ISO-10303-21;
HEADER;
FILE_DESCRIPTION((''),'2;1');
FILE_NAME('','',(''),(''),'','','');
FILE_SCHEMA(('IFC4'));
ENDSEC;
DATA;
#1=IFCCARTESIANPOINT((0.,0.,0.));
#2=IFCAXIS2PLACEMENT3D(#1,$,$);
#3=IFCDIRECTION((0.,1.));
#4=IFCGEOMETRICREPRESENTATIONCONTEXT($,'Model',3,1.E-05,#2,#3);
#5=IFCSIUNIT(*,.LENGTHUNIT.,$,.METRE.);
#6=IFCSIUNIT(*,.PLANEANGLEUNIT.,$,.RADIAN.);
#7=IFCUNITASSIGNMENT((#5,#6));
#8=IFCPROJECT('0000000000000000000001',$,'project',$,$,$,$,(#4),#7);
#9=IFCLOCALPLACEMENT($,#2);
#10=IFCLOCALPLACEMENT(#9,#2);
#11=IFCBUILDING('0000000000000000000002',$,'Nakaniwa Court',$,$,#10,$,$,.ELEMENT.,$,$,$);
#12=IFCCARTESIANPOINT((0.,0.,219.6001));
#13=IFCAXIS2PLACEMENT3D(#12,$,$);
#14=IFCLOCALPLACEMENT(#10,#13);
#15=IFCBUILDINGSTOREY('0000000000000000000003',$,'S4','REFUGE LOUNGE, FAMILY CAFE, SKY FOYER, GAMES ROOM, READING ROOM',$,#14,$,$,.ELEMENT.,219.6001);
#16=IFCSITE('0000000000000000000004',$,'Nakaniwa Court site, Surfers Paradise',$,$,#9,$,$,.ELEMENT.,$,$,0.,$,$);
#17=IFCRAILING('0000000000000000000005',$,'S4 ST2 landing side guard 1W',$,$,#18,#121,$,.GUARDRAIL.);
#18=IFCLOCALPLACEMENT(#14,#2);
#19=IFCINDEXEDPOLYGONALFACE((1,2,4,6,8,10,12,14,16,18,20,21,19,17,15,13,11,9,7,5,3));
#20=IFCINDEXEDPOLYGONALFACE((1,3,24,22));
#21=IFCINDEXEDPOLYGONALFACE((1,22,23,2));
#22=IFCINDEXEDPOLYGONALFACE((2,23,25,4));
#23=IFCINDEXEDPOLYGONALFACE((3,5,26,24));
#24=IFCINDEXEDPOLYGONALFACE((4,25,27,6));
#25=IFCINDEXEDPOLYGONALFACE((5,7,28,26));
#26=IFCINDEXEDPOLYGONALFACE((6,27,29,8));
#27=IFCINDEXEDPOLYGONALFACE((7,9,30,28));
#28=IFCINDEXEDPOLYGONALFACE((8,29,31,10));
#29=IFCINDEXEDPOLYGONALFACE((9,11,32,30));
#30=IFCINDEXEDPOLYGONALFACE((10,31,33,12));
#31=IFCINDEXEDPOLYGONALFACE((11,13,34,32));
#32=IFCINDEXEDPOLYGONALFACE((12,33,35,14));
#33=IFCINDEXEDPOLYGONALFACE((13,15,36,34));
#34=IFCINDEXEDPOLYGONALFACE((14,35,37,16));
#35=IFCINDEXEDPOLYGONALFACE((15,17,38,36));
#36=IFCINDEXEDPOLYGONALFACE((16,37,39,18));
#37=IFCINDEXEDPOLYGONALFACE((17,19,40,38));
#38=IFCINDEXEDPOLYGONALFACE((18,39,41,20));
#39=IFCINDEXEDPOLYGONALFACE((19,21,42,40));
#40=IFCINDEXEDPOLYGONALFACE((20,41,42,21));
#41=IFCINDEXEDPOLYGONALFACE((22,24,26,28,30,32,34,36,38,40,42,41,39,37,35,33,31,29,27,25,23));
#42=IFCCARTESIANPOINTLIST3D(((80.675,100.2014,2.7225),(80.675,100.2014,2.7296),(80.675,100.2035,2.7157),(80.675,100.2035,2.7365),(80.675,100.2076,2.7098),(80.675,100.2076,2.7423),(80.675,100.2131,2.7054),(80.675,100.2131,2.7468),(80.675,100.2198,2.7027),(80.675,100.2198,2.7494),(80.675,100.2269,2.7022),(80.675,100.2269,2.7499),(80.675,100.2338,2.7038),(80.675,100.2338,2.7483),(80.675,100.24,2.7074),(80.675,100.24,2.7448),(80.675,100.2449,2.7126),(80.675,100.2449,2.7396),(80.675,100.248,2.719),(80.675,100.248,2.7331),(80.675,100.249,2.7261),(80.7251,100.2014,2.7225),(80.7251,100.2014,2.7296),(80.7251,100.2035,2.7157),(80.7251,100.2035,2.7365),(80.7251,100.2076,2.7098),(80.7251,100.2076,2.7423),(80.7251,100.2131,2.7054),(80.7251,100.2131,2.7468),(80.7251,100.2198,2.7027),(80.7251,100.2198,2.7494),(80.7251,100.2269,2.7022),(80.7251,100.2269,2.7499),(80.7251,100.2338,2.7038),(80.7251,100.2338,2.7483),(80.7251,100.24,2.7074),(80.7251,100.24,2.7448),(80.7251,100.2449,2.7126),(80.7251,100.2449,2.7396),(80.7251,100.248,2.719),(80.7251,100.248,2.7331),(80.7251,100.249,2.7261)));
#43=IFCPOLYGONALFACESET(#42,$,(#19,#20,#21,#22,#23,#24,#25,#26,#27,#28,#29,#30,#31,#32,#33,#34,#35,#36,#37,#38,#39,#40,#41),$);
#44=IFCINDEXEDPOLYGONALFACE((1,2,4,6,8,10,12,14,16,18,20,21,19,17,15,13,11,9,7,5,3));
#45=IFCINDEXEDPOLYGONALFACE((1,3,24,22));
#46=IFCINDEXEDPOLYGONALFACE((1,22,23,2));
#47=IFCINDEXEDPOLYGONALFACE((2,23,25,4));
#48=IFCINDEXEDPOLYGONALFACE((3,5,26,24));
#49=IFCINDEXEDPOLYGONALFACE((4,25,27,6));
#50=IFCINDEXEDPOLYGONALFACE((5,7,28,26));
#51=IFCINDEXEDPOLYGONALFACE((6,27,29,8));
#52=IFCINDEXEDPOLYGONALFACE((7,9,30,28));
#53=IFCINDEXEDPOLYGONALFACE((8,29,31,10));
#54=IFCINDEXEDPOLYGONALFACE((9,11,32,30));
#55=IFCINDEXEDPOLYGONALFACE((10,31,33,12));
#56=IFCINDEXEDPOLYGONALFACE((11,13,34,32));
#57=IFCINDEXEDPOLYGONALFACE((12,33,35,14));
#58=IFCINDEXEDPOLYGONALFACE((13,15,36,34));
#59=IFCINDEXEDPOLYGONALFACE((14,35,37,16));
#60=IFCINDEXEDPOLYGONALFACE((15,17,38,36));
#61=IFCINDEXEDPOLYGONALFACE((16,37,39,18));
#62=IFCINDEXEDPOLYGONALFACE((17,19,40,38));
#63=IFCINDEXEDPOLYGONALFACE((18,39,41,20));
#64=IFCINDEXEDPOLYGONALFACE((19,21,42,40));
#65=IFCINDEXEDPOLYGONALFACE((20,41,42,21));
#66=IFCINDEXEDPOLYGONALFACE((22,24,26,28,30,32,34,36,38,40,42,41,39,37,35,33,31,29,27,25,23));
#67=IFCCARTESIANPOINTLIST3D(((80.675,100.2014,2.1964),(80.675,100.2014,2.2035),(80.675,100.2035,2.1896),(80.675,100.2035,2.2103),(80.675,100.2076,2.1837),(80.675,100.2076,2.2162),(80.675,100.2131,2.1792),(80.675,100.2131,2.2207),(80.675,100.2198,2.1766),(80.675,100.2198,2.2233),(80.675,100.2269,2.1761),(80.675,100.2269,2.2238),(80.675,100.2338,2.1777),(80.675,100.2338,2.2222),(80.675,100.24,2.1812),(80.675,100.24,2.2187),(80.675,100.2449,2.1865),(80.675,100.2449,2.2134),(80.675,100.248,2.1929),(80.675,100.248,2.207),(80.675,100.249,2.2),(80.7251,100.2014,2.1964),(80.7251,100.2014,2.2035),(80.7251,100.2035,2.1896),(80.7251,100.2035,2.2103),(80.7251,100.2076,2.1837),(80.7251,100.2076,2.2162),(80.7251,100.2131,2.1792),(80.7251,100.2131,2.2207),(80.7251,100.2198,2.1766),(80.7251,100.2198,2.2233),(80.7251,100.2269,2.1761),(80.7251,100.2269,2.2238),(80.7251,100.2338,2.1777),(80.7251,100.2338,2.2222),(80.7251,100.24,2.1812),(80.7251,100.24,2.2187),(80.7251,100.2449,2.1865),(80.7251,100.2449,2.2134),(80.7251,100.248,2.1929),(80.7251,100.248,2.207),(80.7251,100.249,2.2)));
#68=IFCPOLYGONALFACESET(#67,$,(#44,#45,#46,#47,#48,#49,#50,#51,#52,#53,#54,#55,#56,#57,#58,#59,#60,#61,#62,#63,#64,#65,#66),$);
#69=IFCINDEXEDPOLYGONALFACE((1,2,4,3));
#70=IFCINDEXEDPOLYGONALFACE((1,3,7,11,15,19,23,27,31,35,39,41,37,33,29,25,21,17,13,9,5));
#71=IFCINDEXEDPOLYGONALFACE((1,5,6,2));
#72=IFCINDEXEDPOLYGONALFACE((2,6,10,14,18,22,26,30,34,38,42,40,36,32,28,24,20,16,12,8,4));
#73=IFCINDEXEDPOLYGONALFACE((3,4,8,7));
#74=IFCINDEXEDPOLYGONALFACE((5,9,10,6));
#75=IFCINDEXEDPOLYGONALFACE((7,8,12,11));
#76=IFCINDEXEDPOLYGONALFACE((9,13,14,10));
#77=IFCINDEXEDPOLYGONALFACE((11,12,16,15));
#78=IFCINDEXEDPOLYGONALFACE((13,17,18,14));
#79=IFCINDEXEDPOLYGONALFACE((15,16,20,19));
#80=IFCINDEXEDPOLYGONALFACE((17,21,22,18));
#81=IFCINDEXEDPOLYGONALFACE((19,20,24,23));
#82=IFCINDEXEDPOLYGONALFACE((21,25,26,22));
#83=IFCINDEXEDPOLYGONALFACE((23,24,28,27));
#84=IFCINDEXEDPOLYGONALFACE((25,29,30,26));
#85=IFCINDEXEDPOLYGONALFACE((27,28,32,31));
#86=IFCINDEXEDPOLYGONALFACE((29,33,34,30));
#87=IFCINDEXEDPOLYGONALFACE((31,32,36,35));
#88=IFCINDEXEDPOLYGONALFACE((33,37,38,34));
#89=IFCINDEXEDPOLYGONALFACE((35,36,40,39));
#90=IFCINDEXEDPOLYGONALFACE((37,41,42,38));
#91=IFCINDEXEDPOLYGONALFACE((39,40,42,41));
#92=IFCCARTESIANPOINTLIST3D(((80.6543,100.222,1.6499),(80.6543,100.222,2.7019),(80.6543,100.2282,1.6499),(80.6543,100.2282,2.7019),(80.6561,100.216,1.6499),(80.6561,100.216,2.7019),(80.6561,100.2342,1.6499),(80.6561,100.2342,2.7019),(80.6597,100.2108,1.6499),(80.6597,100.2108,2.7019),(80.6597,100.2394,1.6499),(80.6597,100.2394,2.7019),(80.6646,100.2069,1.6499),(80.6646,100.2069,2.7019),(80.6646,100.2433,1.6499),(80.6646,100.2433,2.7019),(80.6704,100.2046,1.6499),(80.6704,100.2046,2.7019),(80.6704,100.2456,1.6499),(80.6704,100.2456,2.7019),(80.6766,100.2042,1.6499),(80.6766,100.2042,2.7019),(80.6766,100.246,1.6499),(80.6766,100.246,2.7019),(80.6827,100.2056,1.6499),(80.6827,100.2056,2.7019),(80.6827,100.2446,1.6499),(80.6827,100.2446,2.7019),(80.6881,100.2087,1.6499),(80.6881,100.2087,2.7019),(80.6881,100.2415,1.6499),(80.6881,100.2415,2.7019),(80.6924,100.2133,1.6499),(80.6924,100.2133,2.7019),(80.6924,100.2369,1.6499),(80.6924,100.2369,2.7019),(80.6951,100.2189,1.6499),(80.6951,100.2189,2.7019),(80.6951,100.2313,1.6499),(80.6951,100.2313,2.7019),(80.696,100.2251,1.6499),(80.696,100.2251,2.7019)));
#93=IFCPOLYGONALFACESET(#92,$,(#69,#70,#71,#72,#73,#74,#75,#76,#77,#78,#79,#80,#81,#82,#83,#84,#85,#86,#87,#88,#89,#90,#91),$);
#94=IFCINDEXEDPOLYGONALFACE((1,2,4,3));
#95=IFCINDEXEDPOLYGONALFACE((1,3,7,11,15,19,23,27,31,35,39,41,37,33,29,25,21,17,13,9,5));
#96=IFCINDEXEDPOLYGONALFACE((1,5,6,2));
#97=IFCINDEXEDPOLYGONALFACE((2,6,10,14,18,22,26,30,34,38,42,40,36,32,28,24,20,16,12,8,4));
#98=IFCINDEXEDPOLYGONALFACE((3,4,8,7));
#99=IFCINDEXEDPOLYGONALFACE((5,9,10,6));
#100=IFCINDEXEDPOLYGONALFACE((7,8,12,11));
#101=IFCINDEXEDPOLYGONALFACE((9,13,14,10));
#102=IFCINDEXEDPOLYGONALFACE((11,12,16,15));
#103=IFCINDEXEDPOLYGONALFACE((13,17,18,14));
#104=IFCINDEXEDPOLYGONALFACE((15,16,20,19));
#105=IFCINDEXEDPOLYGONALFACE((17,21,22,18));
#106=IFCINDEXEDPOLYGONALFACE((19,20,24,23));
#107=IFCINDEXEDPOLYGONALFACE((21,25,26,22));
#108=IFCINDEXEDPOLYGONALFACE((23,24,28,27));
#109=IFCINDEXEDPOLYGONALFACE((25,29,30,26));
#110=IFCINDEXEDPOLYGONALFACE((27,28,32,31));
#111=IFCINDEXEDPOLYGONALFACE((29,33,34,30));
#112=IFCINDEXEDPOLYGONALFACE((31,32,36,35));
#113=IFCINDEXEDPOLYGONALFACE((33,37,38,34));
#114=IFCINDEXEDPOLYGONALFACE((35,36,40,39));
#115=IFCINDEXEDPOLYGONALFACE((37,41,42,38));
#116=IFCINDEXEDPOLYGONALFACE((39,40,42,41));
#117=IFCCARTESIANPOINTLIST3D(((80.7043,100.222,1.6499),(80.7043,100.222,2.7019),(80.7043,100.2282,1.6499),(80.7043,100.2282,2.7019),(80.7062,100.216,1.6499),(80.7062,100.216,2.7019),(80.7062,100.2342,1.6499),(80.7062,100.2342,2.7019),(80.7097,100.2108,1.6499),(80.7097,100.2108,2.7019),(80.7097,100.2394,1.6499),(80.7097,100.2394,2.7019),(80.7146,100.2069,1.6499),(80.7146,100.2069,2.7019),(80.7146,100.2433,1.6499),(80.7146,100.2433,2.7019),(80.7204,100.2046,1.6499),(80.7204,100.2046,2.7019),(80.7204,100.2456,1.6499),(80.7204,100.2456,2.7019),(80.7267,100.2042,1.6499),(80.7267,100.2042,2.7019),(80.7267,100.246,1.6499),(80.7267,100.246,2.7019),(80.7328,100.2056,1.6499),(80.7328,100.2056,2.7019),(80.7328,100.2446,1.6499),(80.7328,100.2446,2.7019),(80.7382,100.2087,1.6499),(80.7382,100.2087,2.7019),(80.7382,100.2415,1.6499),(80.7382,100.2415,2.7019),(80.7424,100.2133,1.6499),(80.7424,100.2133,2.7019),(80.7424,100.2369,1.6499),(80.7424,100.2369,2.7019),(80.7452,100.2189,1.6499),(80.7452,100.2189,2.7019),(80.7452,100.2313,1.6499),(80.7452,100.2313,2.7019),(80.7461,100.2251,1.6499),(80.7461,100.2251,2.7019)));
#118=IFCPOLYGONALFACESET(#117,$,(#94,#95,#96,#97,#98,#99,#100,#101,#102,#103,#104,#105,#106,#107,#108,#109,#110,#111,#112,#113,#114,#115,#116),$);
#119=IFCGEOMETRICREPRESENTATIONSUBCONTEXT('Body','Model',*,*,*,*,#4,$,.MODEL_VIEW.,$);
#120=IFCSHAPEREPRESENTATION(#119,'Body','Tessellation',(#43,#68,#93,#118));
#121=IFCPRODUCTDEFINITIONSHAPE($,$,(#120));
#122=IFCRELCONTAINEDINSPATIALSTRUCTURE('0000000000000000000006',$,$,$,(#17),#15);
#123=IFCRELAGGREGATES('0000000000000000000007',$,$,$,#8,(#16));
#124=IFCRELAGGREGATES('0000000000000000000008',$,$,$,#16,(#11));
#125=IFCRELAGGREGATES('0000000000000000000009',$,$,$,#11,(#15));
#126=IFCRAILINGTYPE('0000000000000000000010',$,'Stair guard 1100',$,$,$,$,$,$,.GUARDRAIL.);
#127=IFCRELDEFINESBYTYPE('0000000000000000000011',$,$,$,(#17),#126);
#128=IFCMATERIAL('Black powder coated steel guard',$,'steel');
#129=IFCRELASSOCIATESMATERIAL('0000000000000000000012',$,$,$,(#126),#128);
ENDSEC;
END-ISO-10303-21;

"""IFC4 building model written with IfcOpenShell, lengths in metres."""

from ifc_helpers import new_model, si_unit, direction, frame, origin, origin_2d, place, context, subcontext, project, spatial, circle, extrude, material, type_object, element, save


model = new_model("IFC4")

# Units and contexts
model_context = context("Model", 3, precision=1e-05, world=origin(), true_north=direction((0.0, 1.0)))
body_context = subcontext(model_context, "Body", "Model", "MODEL_VIEW")
ifc_project = project(units=[si_unit("LENGTHUNIT", "METRE"), si_unit("PLANEANGLEUNIT", "RADIAN")], contexts=[model_context])

# Site, building, storey
site_placement = place(None, origin())
site = spatial("IfcSite", under=ifc_project, at=site_placement, Name="Nakaniwa Court site, Surfers Paradise", CompositionType="ELEMENT", RefElevation=0.0)
building_placement = place(site_placement, origin())
building = spatial("IfcBuilding", under=site, at=building_placement, Name="Nakaniwa Court", CompositionType="ELEMENT")
storey_placement = place(building_placement, frame((0.0, 0.0, 219.6001)))
storey = spatial("IfcBuildingStorey", under=building, at=storey_placement, Name="S4", Description="REFUGE LOUNGE, FAMILY CAFE, SKY FOYER, GAMES ROOM, READING ROOM", CompositionType="ELEMENT", Elevation=219.6001)

# Railing
ifc_material_1 = material(Name="Black powder coated steel guard", Category="steel")
railing_type_1 = type_object("IfcRailingType", Name="Stair guard 1100", PredefinedType="GUARDRAIL", material=ifc_material_1)
railing_1_placement = place(storey_placement, frame((80.675, 100.2251, 1.6499)))
element("IfcRailing", 1, at=railing_1_placement, inside=storey, type_object=railing_type_1, Name="S4 ST2 landing side guard 1W", PredefinedType="GUARDRAIL", context=body_context, shape_type="SweptSolid", body=[
    extrude(circle(Radius=0.0239, at=origin_2d()), frame((0.0, 0.0, 1.0762), z_axis=(1.0, 0.0, 0.0), x_axis=(0.0, 1.0, 0.0)), (0.0, 0.0, 1.0), 0.05),
    extrude(circle(Radius=0.0239, at=origin_2d()), frame((0.0, 0.0, 0.55), z_axis=(1.0, 0.0, 0.0), x_axis=(0.0, 1.0, 0.0)), (0.0, 0.0, 1.0), 0.05),
    extrude(circle(Radius=0.021, at=origin_2d()), origin(), (0.0, 0.0, 1.0), 1.052),
    extrude(circle(Radius=0.021, at=origin_2d()), frame((0.05, 0.0, 0.0)), (0.0, 0.0, 1.0), 1.052),
])

save(model, "model.ifc")
